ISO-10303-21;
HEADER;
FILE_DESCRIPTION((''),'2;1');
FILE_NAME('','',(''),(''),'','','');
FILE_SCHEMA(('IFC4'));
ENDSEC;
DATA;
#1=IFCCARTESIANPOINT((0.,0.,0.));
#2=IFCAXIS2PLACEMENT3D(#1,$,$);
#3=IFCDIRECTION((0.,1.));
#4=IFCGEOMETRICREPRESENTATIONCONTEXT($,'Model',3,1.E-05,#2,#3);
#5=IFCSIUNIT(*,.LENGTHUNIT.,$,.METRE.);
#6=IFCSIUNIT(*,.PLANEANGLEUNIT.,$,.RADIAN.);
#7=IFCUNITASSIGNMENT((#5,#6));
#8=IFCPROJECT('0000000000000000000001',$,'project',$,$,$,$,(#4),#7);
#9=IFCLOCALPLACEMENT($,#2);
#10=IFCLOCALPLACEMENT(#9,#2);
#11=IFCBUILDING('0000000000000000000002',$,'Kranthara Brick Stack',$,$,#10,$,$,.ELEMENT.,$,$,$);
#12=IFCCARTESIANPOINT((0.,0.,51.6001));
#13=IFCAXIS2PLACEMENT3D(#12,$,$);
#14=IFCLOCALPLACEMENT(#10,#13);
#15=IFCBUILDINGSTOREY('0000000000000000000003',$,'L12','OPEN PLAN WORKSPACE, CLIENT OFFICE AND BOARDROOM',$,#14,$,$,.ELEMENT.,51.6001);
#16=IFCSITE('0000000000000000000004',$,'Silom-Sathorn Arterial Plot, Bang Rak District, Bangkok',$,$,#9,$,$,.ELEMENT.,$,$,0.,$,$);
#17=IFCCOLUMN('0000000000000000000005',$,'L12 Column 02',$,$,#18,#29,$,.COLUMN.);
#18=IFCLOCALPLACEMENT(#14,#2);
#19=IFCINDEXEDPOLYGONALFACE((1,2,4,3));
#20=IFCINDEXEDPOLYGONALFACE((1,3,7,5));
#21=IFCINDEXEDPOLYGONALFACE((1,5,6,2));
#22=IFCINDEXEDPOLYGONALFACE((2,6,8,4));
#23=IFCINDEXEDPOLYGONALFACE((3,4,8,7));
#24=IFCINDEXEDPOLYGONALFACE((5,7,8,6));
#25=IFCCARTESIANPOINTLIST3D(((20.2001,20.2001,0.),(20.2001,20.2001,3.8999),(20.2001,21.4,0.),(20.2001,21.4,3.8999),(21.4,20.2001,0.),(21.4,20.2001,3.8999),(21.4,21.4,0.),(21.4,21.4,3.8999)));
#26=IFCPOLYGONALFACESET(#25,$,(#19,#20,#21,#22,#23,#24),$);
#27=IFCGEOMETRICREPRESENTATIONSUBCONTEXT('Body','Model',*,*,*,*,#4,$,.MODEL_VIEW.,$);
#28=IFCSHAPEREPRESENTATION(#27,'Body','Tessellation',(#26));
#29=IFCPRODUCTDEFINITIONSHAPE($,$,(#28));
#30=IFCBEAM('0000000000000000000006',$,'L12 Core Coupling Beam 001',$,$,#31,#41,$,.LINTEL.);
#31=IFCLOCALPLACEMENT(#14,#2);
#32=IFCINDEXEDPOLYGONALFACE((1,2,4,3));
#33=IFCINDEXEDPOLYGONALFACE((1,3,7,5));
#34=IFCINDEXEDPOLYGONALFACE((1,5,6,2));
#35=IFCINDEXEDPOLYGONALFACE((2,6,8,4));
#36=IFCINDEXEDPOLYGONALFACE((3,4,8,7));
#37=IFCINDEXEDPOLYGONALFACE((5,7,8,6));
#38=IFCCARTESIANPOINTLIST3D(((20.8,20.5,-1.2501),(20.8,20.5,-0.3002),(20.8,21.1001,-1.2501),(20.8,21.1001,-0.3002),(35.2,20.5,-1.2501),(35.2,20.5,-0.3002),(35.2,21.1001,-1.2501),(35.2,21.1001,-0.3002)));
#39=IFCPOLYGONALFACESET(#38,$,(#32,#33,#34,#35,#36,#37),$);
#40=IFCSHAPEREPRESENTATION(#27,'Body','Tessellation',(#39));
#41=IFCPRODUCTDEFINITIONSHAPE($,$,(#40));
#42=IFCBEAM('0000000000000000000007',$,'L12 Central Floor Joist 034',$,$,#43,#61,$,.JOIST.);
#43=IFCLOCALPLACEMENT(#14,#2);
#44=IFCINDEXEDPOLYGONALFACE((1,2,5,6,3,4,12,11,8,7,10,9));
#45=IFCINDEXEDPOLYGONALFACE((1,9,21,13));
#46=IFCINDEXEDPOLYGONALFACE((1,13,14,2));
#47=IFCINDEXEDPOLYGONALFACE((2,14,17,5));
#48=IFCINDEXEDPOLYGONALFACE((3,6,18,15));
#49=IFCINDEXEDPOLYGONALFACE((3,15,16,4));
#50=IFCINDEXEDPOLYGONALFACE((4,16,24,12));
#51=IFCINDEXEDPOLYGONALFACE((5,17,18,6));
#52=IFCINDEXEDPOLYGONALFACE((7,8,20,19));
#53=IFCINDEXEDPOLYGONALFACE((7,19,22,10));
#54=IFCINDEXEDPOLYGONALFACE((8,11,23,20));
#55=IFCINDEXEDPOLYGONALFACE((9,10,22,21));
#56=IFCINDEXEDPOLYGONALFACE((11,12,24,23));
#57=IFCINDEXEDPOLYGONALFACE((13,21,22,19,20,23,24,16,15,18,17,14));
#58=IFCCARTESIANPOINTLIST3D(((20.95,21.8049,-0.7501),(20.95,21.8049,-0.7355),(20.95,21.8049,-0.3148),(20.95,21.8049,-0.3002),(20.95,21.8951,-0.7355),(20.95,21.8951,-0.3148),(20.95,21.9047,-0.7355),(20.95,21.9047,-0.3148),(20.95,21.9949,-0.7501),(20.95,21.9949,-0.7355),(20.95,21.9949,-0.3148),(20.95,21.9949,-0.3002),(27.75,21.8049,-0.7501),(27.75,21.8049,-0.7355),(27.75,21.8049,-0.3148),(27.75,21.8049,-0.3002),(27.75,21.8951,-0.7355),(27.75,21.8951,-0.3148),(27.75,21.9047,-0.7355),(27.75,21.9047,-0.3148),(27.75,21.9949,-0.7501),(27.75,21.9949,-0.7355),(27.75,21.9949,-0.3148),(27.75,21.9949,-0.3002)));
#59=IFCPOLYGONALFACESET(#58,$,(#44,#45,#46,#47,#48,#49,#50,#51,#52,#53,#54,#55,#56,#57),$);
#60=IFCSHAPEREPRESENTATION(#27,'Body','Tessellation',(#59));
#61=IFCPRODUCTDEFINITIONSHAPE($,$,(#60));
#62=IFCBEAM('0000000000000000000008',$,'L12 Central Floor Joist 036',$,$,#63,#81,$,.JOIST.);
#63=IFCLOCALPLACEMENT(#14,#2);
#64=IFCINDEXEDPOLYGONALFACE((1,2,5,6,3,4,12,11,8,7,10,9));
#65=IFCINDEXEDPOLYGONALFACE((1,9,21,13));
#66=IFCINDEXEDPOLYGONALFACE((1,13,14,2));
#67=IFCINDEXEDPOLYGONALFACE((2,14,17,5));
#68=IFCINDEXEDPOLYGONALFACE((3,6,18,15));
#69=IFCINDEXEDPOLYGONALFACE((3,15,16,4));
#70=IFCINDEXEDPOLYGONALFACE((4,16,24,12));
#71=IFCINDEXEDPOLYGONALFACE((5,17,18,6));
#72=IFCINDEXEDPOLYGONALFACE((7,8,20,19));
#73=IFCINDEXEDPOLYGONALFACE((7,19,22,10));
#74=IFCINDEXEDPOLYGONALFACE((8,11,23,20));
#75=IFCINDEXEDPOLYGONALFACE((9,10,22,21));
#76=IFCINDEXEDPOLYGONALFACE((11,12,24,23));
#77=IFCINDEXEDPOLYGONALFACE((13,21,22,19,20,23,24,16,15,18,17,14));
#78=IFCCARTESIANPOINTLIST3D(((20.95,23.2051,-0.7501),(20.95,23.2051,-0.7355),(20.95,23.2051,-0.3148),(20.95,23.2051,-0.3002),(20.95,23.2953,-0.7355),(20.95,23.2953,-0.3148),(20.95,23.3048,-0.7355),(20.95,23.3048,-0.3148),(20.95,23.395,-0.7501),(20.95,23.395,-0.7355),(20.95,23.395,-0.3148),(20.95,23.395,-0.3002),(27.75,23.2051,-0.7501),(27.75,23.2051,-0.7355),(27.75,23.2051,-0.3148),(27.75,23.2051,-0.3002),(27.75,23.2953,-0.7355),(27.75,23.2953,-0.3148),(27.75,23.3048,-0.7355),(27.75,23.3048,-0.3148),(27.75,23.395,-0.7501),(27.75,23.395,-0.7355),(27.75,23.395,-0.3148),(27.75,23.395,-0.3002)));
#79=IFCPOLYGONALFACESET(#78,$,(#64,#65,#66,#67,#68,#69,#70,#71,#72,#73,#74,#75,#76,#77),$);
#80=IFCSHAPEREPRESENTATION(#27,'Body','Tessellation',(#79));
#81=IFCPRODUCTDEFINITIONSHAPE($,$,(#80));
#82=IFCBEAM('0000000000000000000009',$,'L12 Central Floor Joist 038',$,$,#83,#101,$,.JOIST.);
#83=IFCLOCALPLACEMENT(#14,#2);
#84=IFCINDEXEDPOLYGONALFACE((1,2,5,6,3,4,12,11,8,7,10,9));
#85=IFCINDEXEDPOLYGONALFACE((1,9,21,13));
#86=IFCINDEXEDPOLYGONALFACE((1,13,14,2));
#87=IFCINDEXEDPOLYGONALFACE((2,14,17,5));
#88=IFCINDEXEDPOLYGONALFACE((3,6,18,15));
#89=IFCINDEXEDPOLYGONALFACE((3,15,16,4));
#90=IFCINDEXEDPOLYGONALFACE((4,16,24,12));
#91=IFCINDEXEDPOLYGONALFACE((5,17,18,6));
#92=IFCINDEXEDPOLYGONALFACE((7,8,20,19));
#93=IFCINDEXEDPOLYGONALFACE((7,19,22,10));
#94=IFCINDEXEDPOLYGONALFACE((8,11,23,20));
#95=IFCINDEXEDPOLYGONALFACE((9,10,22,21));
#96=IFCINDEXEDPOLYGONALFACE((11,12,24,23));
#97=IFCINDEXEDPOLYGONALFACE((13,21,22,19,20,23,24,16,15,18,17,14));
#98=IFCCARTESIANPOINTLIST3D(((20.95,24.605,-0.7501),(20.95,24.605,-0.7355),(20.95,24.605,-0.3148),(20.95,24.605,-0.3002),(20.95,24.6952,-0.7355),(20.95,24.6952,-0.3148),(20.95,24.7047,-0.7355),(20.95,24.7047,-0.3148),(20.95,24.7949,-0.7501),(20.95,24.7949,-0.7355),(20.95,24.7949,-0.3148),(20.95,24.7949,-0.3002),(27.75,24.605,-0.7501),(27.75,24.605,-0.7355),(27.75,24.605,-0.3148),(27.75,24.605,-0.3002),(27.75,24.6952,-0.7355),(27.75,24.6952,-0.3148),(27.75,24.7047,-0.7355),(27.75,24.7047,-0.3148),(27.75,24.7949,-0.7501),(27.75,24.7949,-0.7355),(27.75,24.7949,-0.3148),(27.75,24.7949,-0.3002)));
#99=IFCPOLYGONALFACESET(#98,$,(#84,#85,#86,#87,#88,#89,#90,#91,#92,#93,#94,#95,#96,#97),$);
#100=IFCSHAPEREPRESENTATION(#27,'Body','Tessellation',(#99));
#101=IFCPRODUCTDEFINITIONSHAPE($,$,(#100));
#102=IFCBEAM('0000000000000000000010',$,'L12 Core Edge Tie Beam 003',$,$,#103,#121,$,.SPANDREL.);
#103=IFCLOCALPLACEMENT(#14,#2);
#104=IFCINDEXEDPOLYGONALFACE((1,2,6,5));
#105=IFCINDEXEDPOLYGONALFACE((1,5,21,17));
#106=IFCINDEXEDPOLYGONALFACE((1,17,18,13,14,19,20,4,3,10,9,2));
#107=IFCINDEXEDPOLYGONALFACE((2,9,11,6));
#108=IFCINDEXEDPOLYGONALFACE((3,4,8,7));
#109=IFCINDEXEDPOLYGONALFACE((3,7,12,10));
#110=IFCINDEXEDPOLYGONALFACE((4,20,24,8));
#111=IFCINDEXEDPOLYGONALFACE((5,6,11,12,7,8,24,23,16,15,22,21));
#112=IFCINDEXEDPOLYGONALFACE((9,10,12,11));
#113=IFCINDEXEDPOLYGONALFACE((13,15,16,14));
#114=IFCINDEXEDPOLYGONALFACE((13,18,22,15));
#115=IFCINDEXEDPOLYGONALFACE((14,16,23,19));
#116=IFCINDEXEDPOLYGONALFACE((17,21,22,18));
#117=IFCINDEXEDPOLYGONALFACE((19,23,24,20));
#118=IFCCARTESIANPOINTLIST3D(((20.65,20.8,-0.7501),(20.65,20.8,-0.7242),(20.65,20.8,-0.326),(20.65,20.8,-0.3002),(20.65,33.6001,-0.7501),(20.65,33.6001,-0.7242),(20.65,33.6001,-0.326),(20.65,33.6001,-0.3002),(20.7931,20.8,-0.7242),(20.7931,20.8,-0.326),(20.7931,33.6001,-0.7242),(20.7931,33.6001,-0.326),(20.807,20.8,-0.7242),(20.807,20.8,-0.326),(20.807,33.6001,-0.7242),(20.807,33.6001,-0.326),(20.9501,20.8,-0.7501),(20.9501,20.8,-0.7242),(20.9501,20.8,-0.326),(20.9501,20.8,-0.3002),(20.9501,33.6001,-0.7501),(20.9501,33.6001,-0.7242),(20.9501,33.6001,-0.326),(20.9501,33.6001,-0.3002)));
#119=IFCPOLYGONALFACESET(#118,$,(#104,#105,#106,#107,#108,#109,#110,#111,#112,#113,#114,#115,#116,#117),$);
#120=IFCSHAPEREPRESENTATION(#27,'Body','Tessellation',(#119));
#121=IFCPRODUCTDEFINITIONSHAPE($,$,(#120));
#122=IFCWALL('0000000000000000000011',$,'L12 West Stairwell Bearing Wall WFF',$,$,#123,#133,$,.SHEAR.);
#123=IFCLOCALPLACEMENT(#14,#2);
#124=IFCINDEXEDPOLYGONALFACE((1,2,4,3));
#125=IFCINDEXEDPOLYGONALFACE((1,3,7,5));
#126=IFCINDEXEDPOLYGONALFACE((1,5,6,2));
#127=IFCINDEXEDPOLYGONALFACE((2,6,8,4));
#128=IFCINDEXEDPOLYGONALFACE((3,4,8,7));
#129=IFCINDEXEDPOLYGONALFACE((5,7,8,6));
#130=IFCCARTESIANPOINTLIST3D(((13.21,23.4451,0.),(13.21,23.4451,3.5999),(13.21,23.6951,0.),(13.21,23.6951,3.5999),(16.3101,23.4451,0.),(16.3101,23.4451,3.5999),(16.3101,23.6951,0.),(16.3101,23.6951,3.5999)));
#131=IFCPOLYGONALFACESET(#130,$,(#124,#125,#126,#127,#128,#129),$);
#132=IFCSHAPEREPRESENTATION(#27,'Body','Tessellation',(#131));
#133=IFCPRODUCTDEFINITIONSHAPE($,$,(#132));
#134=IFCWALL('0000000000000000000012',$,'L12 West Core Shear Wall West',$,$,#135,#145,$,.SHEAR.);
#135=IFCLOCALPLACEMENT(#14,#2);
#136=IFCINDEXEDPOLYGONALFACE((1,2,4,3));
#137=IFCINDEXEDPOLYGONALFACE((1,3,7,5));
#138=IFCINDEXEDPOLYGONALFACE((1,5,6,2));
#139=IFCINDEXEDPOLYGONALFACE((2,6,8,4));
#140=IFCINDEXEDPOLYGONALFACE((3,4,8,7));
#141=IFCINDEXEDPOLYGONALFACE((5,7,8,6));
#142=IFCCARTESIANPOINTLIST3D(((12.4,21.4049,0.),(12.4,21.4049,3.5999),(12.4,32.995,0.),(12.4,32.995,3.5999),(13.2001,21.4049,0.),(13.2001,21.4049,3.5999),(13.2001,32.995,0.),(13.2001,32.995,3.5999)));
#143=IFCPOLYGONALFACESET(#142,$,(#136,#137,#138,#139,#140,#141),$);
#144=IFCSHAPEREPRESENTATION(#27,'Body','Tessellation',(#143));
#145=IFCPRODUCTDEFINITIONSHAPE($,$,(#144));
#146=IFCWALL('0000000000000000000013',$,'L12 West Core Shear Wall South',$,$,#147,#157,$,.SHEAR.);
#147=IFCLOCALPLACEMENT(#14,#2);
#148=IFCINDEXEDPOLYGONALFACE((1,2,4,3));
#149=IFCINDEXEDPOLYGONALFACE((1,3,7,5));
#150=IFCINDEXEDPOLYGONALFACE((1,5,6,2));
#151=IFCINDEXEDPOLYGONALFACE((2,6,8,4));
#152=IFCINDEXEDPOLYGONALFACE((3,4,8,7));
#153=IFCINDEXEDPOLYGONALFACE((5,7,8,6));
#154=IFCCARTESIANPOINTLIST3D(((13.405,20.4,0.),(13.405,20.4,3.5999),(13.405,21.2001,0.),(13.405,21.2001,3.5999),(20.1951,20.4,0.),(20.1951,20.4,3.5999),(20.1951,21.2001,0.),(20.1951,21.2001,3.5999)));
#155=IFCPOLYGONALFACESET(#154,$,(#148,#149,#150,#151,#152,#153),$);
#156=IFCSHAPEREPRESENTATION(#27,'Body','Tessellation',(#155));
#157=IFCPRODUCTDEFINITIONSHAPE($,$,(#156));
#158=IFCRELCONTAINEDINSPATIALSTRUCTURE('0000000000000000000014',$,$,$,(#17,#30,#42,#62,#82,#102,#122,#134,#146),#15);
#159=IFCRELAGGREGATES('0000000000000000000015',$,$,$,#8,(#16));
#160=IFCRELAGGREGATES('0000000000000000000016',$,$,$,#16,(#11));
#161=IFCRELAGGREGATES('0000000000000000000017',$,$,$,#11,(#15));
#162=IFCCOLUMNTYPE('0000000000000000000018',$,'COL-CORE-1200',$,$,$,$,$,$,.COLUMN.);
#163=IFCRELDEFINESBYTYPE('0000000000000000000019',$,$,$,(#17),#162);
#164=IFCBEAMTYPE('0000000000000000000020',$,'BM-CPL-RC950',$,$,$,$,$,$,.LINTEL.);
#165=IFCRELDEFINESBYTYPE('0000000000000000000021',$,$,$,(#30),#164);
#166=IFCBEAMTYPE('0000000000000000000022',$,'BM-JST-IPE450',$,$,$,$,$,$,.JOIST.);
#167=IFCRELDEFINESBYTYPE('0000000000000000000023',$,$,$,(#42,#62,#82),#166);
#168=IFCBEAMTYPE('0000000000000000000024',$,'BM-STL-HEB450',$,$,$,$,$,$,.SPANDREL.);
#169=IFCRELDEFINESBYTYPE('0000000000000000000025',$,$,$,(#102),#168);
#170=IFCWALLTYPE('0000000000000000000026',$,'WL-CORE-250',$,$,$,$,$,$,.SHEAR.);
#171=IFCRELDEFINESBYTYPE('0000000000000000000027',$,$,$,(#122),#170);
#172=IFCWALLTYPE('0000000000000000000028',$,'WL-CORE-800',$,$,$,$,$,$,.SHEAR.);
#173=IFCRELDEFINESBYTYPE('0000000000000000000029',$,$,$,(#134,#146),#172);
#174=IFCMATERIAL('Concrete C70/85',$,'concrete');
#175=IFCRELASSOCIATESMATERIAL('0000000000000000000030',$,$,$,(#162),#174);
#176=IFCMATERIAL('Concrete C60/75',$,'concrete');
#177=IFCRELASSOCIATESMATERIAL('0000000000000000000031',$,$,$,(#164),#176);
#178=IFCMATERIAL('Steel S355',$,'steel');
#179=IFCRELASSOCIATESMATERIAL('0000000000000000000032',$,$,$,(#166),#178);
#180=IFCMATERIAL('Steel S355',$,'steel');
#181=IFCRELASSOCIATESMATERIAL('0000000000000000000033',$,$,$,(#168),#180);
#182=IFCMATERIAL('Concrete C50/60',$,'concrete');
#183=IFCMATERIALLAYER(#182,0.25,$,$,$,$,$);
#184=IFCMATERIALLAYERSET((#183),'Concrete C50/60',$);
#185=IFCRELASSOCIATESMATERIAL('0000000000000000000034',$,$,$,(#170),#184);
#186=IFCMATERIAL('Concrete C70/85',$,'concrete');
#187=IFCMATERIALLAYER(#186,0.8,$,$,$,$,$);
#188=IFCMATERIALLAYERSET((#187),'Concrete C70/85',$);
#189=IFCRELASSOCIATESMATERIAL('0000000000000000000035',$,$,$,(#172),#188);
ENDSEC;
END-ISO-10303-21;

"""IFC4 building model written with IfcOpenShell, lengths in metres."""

from ifc_helpers import new_model, si_unit, direction, frame, frame_2d, origin, origin_2d, place, context, subcontext, project, spatial, rectangle, i_section, extrude, material, layer, layer_set, material_profile, profile_set, type_object, element, save


model = new_model("IFC4")

# Units and contexts
model_context = context("Model", 3, precision=1e-05, world=origin(), true_north=direction((0.0, 1.0)))
body_context = subcontext(model_context, "Body", "Model", "MODEL_VIEW")
ifc_project = project(units=[si_unit("LENGTHUNIT", "METRE"), si_unit("PLANEANGLEUNIT", "RADIAN")], contexts=[model_context])

# Site, building, storey
site_placement = place(None, origin())
site = spatial("IfcSite", under=ifc_project, at=site_placement, Name="Silom-Sathorn Arterial Plot, Bang Rak District, Bangkok", CompositionType="ELEMENT", RefElevation=0.0)
building_placement = place(site_placement, origin())
building = spatial("IfcBuilding", under=site, at=building_placement, Name="Kranthara Brick Stack", CompositionType="ELEMENT")
storey_placement = place(building_placement, frame((0.0, 0.0, 51.6001)))
storey = spatial("IfcBuildingStorey", under=building, at=storey_placement, Name="L12", Description="OPEN PLAN WORKSPACE, CLIENT OFFICE AND BOARDROOM", CompositionType="ELEMENT", Elevation=51.6001)

# Column
ifc_material_1 = material(Name="Concrete C70/85", Category="concrete")
ifc_material_profile_1 = material_profile(ifc_material_1, rectangle(XDim=1.2, YDim=1.2, at=origin_2d()), Name="RC 1200x1200")
ifc_profile_set_1 = profile_set([ifc_material_profile_1], Name="Concrete C70/85")
column_type = type_object("IfcColumnType", Name="COL-CORE-1200", PredefinedType="COLUMN", material=ifc_profile_set_1)
column_placement = place(storey_placement, frame((20.8, 20.8, 0.0), z_axis=(0.0, 0.0, 1.0), x_axis=(1.0, 0.0, 0.0)))
element("IfcColumn", 1, at=column_placement, inside=storey, type_object=column_type, Name="L12 Column 02", PredefinedType="COLUMN", context=body_context, shape_type="SweptSolid", body=[
    extrude(rectangle(XDim=1.2, YDim=1.2, at=origin_2d()), origin(), (0.0, 0.0, 1.0), 3.8999),
])

# Beams
ifc_material_2 = material(Name="Concrete C60/75", Category="concrete")
ifc_material_profile_2 = material_profile(ifc_material_2, rectangle(XDim=0.6001, YDim=0.95, at=origin_2d()), Name="RC 600x950")
ifc_profile_set_2 = profile_set([ifc_material_profile_2], Name="Concrete C60/75")
beam_type_1 = type_object("IfcBeamType", Name="BM-CPL-RC950", PredefinedType="LINTEL", material=ifc_profile_set_2)
beam_1_placement = place(storey_placement, frame((20.8, 20.8, -0.7751), z_axis=(1.0, 0.0, 0.0), x_axis=(0.0, 1.0, 0.0)))
element("IfcBeam", 2, at=beam_1_placement, inside=storey, type_object=beam_type_1, Name="L12 Core Coupling Beam 001", PredefinedType="LINTEL", context=body_context, shape_type="SweptSolid", body=[
    extrude(rectangle(XDim=0.6001, YDim=0.95, at=origin_2d()), origin(), (0.0, 0.0, 1.0), 14.3999),
])
ifc_material_3 = material(Name="Steel S355", Category="steel")
ifc_material_profile_3 = material_profile(ifc_material_3, i_section(OverallWidth=0.1899, OverallDepth=0.45, WebThickness=0.0095, FlangeThickness=0.0146, at=origin_2d()), Name="IPE 450")
ifc_profile_set_3 = profile_set([ifc_material_profile_3], Name="Steel S355")
beam_type_2 = type_object("IfcBeamType", Name="BM-JST-IPE450", PredefinedType="JOIST", material=ifc_profile_set_3)
for number, where, z_axis, x_axis, name in (
    (3, (20.95, 21.8999, -0.5251), (1.0, 0.0, 0.0), (0.0, 1.0, 0.0), "L12 Central Floor Joist 034"),
    (4, (20.95, 23.3, -0.5251), (1.0, 0.0, 0.0), (0.0, 1.0, 0.0), "L12 Central Floor Joist 036"),
    (5, (20.95, 24.7, -0.5251), (1.0, 0.0, 0.0), (0.0, 1.0, 0.0), "L12 Central Floor Joist 038"),
):
    element("IfcBeam", number, at=place(storey_placement, frame(where, z_axis=z_axis, x_axis=x_axis)), inside=storey, type_object=beam_type_2, Name=name, PredefinedType="JOIST", context=body_context, shape_type="SweptSolid", body=[
        extrude(i_section(OverallWidth=0.1899, OverallDepth=0.45, WebThickness=0.0095, FlangeThickness=0.0146, at=origin_2d()), origin(), (0.0, 0.0, 1.0), 6.8),
    ])
ifc_material_4 = material(Name="Steel S355", Category="steel")
ifc_material_profile_4 = material_profile(ifc_material_4, i_section(OverallWidth=0.3, OverallDepth=0.45, WebThickness=0.0139, FlangeThickness=0.0259, at=origin_2d()), Name="HEB 450")
ifc_profile_set_4 = profile_set([ifc_material_profile_4], Name="Steel S355")
beam_type_3 = type_object("IfcBeamType", Name="BM-STL-HEB450", PredefinedType="SPANDREL", material=ifc_profile_set_4)
beam_2_placement = place(storey_placement, frame((20.8, 20.8, -0.5251), z_axis=(0.0, 1.0, 0.0), x_axis=(-1.0, 0.0, 0.0)))
element("IfcBeam", 6, at=beam_2_placement, inside=storey, type_object=beam_type_3, Name="L12 Core Edge Tie Beam 003", PredefinedType="SPANDREL", context=body_context, shape_type="SweptSolid", body=[
    extrude(i_section(OverallWidth=0.3, OverallDepth=0.45, WebThickness=0.0139, FlangeThickness=0.0259, at=origin_2d()), origin(), (0.0, 0.0, 1.0), 12.8),
])

# Shared definitions
ifc_material_5 = material(Name="Concrete C50/60", Category="concrete")
ifc_layer_1 = layer(ifc_material_5, 0.25)
ifc_layer_set_1 = layer_set([ifc_layer_1], Name="Concrete C50/60")
wall_type_1 = type_object("IfcWallType", Name="WL-CORE-250", PredefinedType="SHEAR", material=ifc_layer_set_1)

# Walls
wall_1_placement = place(storey_placement, frame((13.21, 23.5701, 0.0), z_axis=(0.0, 0.0, 1.0), x_axis=(1.0, 0.0, 0.0)))
element("IfcWall", 7, at=wall_1_placement, inside=storey, type_object=wall_type_1, Name="L12 West Stairwell Bearing Wall WFF", PredefinedType="SHEAR", context=body_context, shape_type="SweptSolid", body=[
    extrude(rectangle(XDim=3.1001, YDim=0.25, at=frame_2d((1.55, 0.0))), origin(), (0.0, 0.0, 1.0), 3.5999),
])
ifc_material_6 = material(Name="Concrete C70/85", Category="concrete")
ifc_layer_2 = layer(ifc_material_6, 0.8)
ifc_layer_set_2 = layer_set([ifc_layer_2], Name="Concrete C70/85")
wall_type_2 = type_object("IfcWallType", Name="WL-CORE-800", PredefinedType="SHEAR", material=ifc_layer_set_2)
wall_2_placement = place(storey_placement, frame((12.8, 21.405, 0.0), z_axis=(0.0, 0.0, 1.0), x_axis=(0.0, 1.0, 0.0)))
element("IfcWall", 8, at=wall_2_placement, inside=storey, type_object=wall_type_2, Name="L12 West Core Shear Wall West", PredefinedType="SHEAR", context=body_context, shape_type="SweptSolid", body=[
    extrude(rectangle(XDim=11.5901, YDim=0.8, at=frame_2d((5.7949, 0.0))), origin(), (0.0, 0.0, 1.0), 3.5999),
])
wall_3_placement = place(storey_placement, frame((13.405, 20.8, 0.0), z_axis=(0.0, 0.0, 1.0), x_axis=(1.0, 0.0, 0.0)))
element("IfcWall", 9, at=wall_3_placement, inside=storey, type_object=wall_type_2, Name="L12 West Core Shear Wall South", PredefinedType="SHEAR", context=body_context, shape_type="SweptSolid", body=[
    extrude(rectangle(XDim=6.79, YDim=0.8, at=frame_2d((3.395, 0.0))), origin(), (0.0, 0.0, 1.0), 3.5999),
])

save(model, "model.ifc")
